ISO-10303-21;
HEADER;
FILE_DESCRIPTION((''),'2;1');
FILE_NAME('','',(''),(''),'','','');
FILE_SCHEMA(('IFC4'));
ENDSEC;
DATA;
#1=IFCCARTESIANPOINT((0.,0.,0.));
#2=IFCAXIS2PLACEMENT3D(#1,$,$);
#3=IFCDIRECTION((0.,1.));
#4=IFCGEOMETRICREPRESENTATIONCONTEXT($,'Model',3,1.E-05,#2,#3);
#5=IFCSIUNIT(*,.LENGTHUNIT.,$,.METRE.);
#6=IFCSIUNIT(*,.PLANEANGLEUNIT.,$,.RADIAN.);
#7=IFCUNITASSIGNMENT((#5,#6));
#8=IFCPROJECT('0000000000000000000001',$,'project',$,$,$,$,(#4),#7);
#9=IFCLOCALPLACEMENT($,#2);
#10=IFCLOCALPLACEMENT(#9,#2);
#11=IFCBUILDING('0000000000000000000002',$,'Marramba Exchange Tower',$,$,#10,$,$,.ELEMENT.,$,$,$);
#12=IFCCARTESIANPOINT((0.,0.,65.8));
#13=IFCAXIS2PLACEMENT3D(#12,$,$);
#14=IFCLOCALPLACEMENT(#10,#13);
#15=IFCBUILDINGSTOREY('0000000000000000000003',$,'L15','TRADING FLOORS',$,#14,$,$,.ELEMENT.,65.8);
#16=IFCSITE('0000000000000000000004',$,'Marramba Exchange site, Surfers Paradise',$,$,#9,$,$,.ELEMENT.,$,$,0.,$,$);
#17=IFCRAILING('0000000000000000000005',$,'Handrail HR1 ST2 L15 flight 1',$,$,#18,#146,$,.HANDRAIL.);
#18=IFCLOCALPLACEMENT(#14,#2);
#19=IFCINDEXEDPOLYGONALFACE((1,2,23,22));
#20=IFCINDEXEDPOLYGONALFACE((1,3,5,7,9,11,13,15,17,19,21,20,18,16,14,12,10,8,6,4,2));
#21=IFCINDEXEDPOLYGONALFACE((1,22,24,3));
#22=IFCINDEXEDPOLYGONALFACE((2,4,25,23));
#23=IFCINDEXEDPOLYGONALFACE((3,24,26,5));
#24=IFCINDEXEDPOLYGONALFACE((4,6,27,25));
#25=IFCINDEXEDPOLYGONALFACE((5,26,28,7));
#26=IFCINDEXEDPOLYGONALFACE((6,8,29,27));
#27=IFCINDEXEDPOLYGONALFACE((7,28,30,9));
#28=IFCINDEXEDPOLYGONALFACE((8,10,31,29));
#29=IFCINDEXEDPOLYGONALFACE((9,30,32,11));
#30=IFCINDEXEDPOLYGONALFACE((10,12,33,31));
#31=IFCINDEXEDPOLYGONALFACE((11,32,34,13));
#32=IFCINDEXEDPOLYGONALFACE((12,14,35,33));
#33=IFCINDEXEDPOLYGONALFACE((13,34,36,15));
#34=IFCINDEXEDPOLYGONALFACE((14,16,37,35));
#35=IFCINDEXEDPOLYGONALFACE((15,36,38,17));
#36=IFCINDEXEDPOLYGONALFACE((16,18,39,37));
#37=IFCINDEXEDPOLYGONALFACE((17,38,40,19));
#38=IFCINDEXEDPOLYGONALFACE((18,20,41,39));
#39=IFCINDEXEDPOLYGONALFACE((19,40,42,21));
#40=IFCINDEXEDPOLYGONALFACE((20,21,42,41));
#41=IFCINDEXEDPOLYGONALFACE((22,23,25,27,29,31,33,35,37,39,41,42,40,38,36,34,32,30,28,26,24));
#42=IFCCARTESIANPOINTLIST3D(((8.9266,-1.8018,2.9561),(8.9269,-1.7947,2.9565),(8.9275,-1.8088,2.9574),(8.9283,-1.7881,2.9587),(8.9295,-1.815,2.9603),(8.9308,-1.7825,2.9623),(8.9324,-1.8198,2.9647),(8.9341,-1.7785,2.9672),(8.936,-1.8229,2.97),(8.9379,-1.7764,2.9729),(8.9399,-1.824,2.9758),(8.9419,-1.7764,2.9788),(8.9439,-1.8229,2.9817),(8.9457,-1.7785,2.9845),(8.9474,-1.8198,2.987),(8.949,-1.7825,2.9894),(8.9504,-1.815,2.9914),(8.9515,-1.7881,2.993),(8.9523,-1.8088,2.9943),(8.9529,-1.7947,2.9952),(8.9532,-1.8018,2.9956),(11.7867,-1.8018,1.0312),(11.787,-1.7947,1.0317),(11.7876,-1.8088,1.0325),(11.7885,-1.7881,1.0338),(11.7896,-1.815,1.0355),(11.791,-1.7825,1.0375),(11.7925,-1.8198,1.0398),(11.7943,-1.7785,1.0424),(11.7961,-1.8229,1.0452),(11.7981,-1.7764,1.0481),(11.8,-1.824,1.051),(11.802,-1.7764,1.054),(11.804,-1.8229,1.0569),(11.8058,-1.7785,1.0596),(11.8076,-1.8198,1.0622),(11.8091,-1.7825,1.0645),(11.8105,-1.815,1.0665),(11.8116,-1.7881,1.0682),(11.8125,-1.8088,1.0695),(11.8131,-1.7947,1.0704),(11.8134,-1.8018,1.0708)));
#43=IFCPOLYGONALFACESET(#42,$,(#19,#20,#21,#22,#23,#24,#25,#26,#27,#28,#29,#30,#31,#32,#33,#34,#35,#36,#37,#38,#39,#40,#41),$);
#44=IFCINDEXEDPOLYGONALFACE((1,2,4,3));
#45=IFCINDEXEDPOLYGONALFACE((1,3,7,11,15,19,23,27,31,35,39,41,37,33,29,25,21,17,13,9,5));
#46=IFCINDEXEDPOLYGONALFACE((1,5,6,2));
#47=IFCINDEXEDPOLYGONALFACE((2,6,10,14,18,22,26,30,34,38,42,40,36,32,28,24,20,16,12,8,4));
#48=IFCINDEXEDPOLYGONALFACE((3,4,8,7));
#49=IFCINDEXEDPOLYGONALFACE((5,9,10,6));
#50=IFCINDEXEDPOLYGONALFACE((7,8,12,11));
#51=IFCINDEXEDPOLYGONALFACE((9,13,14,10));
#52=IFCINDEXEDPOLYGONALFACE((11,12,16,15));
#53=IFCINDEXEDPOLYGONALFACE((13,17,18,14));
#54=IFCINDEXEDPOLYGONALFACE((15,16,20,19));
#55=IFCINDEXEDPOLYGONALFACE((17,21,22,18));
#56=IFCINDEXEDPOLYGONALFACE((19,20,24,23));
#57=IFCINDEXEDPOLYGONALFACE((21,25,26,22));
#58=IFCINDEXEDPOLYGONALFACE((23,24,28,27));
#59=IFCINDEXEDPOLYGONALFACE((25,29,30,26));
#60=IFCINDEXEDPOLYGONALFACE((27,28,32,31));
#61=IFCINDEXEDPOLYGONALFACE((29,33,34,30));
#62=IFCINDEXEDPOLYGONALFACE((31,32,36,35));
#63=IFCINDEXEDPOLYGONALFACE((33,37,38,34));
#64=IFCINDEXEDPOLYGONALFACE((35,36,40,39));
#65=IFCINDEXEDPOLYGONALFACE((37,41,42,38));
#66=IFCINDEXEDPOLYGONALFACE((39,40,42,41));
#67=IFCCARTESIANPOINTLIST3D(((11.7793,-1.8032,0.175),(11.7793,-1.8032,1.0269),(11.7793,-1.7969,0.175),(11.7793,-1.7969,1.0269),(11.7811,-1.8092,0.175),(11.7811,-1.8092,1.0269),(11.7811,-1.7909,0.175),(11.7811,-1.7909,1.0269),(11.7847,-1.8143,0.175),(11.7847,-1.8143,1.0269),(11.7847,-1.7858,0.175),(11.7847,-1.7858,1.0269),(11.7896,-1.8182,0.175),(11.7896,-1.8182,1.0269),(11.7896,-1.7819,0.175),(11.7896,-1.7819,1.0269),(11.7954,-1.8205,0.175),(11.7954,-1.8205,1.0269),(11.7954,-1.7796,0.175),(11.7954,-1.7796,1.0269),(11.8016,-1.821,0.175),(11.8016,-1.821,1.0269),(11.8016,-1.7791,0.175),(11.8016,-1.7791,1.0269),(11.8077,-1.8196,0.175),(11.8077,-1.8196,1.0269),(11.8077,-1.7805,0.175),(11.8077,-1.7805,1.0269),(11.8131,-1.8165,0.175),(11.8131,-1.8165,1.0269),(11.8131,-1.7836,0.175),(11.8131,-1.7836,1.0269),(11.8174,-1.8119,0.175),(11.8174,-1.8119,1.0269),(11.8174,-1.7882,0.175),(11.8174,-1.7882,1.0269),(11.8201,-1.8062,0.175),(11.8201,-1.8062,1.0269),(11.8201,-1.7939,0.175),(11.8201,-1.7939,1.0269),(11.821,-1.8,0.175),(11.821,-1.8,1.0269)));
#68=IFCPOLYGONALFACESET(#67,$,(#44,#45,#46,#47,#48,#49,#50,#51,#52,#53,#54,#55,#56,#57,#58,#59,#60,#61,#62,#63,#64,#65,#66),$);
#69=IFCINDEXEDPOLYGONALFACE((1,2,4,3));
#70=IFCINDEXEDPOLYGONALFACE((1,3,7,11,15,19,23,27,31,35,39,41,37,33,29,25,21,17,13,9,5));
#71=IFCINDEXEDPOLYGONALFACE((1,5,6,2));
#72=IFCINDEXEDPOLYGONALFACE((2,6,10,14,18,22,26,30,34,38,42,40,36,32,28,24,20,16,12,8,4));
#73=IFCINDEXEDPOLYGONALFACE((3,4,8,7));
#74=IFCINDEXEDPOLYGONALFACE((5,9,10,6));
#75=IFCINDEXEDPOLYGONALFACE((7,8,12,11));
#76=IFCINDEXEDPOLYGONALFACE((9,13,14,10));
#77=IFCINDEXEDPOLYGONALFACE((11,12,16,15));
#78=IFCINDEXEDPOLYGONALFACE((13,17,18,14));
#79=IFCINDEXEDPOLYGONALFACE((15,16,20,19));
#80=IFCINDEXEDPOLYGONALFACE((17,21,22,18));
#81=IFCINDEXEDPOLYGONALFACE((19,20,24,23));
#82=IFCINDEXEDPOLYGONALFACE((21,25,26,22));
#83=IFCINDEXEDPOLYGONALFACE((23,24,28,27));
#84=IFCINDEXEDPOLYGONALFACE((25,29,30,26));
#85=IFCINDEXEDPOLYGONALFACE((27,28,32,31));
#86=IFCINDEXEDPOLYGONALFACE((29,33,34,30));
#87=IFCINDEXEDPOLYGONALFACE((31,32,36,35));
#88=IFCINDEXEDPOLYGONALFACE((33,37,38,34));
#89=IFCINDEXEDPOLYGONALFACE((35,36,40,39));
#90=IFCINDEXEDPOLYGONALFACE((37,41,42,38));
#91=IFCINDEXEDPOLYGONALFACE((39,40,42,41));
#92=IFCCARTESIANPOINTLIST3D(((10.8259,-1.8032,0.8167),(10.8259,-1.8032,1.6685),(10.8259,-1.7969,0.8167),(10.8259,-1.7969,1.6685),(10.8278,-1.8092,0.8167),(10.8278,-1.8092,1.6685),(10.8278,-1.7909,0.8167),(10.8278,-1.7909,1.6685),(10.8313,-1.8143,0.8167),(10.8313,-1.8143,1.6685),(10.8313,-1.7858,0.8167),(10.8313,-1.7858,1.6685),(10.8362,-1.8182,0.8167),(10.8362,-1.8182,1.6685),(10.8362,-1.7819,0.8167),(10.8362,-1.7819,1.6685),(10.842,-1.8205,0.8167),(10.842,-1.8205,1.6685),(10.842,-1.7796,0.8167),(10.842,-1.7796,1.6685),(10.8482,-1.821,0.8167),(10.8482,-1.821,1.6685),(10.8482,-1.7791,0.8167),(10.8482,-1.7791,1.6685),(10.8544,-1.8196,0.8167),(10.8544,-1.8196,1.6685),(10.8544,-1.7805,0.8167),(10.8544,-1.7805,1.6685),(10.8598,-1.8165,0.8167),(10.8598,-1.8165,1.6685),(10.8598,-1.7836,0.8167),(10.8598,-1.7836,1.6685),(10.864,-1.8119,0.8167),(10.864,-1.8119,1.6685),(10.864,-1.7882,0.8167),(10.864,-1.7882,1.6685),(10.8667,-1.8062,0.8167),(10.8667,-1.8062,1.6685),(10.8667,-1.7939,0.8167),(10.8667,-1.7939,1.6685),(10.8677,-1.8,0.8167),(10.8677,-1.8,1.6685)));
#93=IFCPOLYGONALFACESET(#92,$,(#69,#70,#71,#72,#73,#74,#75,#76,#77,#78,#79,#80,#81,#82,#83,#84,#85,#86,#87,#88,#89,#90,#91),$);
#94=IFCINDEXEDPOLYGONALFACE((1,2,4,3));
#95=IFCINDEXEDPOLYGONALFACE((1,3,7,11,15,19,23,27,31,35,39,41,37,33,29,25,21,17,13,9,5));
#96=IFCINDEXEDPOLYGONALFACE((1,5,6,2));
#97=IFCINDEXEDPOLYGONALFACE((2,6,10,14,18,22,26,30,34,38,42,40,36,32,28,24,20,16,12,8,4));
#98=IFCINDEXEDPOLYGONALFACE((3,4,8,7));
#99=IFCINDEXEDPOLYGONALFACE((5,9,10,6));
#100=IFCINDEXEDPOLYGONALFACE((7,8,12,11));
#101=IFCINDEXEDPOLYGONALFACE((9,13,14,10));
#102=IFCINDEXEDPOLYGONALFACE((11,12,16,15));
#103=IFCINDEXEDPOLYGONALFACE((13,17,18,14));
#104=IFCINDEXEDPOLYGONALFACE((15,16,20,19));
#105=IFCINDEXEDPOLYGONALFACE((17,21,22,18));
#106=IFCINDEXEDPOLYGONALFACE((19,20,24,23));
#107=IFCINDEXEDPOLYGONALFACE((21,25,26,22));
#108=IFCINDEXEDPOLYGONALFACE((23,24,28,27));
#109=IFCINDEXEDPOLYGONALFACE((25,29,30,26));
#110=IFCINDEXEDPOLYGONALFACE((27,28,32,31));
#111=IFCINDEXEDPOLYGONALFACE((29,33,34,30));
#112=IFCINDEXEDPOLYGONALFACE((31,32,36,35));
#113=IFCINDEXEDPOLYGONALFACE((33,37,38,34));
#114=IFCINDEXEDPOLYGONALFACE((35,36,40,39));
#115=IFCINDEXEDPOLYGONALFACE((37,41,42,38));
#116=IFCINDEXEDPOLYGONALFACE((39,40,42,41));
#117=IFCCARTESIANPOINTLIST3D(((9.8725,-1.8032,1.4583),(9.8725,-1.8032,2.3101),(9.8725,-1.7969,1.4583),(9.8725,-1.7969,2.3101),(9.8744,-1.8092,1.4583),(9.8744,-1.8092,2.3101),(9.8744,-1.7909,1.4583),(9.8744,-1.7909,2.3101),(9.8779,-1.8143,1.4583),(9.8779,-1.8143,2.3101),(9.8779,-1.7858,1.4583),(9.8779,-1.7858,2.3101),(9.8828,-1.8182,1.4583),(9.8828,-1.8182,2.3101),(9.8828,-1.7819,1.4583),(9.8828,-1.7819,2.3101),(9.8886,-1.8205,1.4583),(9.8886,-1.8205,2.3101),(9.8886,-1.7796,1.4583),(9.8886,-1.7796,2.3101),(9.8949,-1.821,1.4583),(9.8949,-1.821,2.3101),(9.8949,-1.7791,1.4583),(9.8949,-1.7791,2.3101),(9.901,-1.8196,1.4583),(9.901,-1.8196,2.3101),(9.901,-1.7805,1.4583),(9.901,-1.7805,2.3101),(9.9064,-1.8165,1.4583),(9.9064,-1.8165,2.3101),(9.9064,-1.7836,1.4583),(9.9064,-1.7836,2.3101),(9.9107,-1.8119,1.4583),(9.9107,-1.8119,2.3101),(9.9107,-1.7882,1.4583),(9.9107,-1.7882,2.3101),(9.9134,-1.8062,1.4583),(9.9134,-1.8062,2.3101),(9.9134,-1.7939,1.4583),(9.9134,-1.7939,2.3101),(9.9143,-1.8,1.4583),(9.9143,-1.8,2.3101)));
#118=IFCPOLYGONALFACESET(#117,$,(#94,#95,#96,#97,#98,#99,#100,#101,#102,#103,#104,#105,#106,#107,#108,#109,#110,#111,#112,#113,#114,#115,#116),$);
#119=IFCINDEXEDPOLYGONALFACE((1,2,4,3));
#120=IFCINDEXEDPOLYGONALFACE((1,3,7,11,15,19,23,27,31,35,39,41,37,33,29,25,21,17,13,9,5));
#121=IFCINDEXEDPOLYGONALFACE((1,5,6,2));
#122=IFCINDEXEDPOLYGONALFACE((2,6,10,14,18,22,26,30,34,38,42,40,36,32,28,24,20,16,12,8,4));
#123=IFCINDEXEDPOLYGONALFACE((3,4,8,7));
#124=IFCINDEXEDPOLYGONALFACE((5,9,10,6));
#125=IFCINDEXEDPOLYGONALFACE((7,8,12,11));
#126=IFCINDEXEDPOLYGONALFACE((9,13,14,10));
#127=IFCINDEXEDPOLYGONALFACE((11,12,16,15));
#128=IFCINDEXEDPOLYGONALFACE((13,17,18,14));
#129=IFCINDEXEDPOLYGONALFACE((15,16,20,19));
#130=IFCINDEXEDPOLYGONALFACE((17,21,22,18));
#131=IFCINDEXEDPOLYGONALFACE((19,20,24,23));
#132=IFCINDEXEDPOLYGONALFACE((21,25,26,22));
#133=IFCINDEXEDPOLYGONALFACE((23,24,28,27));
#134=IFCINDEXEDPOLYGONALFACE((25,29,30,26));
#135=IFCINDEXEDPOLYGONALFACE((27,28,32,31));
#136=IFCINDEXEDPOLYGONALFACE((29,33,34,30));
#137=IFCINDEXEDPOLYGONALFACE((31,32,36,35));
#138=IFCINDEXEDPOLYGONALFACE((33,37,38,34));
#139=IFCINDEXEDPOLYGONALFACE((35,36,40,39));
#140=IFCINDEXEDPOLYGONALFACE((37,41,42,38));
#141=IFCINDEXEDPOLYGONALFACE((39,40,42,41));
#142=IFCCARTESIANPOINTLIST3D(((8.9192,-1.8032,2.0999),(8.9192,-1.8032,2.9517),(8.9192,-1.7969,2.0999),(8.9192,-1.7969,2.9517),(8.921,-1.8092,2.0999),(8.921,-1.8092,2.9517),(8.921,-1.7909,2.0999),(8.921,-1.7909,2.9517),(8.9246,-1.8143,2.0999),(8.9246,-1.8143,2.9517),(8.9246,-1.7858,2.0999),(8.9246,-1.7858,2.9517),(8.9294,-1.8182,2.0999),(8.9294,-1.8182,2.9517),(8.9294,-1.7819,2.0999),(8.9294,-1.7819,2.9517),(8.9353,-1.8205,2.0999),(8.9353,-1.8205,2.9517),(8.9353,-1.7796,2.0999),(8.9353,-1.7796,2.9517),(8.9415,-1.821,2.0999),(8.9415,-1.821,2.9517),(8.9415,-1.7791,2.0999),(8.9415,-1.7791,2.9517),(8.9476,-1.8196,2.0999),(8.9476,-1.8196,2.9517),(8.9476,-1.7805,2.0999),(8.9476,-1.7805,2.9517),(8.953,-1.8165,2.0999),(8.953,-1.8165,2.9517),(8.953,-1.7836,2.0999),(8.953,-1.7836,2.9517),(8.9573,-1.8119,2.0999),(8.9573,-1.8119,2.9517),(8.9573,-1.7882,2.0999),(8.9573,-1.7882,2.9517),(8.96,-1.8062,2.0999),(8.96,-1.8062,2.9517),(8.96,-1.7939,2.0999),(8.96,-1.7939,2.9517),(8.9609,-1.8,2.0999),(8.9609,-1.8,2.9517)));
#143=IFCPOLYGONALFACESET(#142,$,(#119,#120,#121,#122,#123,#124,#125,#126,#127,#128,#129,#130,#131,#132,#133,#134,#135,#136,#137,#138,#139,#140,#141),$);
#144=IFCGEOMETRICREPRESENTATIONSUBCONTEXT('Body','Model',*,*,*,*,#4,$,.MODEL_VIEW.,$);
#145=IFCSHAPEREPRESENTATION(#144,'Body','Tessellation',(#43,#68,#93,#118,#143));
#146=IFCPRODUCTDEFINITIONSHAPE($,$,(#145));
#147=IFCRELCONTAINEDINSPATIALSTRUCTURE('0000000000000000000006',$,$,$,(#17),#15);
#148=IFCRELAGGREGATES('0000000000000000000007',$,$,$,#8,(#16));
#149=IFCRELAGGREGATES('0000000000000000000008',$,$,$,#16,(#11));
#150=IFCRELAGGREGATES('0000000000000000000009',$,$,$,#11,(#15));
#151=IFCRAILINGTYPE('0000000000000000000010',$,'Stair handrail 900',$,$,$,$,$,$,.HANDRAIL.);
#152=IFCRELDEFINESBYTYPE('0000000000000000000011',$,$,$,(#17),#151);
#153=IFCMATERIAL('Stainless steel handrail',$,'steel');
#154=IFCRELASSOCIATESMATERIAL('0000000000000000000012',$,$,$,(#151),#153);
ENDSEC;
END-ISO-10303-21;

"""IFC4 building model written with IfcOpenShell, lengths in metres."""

from ifc_helpers import new_model, si_unit, direction, frame, origin, origin_2d, place, context, subcontext, project, spatial, circle, extrude, material, type_object, element, save


model = new_model("IFC4")

# Units and contexts
model_context = context("Model", 3, precision=1e-05, world=origin(), true_north=direction((0.0, 1.0)))
body_context = subcontext(model_context, "Body", "Model", "MODEL_VIEW")
ifc_project = project(units=[si_unit("LENGTHUNIT", "METRE"), si_unit("PLANEANGLEUNIT", "RADIAN")], contexts=[model_context])

# Site, building, storey
site_placement = place(None, origin())
site = spatial("IfcSite", under=ifc_project, at=site_placement, Name="Marramba Exchange site, Surfers Paradise", CompositionType="ELEMENT", RefElevation=0.0)
building_placement = place(site_placement, origin())
building = spatial("IfcBuilding", under=site, at=building_placement, Name="Marramba Exchange Tower", CompositionType="ELEMENT")
storey_placement = place(building_placement, frame((0.0, 0.0, 65.8)))
storey = spatial("IfcBuildingStorey", under=building, at=storey_placement, Name="L15", Description="TRADING FLOORS", CompositionType="ELEMENT", Elevation=65.8)

# Railing
ifc_material_1 = material(Name="Stainless steel handrail", Category="steel")
railing_type = type_object("IfcRailingType", Name="Stair handrail 900", PredefinedType="HANDRAIL", material=ifc_material_1)
railing_placement = place(storey_placement, frame((11.8, -1.8, 0.175)))
element("IfcRailing", 1, at=railing_placement, inside=storey, type_object=railing_type, Name="Handrail HR1 ST2 L15 flight 1", PredefinedType="HANDRAIL", context=body_context, shape_type="SweptSolid", body=[
    extrude(circle(Radius=0.0239, at=origin_2d()), frame((0.0, 0.0, 0.876), z_axis=(-0.829624, 0.0, 0.558323), x_axis=(0.0, -1.0, 0.0)), (0.0, 0.0, 1.0), 3.4475),
    extrude(circle(Radius=0.021, at=origin_2d()), origin(), (0.0, 0.0, 1.0), 0.8518),
    extrude(circle(Radius=0.021, at=origin_2d()), frame((-0.9534, 0.0, 0.6416)), (0.0, 0.0, 1.0), 0.8518),
    extrude(circle(Radius=0.021, at=origin_2d()), frame((-1.9067, 0.0, 1.2832)), (0.0, 0.0, 1.0), 0.8518),
    extrude(circle(Radius=0.021, at=origin_2d()), frame((-2.8601, 0.0, 1.9248)), (0.0, 0.0, 1.0), 0.8518),
])

save(model, "model.ifc")
